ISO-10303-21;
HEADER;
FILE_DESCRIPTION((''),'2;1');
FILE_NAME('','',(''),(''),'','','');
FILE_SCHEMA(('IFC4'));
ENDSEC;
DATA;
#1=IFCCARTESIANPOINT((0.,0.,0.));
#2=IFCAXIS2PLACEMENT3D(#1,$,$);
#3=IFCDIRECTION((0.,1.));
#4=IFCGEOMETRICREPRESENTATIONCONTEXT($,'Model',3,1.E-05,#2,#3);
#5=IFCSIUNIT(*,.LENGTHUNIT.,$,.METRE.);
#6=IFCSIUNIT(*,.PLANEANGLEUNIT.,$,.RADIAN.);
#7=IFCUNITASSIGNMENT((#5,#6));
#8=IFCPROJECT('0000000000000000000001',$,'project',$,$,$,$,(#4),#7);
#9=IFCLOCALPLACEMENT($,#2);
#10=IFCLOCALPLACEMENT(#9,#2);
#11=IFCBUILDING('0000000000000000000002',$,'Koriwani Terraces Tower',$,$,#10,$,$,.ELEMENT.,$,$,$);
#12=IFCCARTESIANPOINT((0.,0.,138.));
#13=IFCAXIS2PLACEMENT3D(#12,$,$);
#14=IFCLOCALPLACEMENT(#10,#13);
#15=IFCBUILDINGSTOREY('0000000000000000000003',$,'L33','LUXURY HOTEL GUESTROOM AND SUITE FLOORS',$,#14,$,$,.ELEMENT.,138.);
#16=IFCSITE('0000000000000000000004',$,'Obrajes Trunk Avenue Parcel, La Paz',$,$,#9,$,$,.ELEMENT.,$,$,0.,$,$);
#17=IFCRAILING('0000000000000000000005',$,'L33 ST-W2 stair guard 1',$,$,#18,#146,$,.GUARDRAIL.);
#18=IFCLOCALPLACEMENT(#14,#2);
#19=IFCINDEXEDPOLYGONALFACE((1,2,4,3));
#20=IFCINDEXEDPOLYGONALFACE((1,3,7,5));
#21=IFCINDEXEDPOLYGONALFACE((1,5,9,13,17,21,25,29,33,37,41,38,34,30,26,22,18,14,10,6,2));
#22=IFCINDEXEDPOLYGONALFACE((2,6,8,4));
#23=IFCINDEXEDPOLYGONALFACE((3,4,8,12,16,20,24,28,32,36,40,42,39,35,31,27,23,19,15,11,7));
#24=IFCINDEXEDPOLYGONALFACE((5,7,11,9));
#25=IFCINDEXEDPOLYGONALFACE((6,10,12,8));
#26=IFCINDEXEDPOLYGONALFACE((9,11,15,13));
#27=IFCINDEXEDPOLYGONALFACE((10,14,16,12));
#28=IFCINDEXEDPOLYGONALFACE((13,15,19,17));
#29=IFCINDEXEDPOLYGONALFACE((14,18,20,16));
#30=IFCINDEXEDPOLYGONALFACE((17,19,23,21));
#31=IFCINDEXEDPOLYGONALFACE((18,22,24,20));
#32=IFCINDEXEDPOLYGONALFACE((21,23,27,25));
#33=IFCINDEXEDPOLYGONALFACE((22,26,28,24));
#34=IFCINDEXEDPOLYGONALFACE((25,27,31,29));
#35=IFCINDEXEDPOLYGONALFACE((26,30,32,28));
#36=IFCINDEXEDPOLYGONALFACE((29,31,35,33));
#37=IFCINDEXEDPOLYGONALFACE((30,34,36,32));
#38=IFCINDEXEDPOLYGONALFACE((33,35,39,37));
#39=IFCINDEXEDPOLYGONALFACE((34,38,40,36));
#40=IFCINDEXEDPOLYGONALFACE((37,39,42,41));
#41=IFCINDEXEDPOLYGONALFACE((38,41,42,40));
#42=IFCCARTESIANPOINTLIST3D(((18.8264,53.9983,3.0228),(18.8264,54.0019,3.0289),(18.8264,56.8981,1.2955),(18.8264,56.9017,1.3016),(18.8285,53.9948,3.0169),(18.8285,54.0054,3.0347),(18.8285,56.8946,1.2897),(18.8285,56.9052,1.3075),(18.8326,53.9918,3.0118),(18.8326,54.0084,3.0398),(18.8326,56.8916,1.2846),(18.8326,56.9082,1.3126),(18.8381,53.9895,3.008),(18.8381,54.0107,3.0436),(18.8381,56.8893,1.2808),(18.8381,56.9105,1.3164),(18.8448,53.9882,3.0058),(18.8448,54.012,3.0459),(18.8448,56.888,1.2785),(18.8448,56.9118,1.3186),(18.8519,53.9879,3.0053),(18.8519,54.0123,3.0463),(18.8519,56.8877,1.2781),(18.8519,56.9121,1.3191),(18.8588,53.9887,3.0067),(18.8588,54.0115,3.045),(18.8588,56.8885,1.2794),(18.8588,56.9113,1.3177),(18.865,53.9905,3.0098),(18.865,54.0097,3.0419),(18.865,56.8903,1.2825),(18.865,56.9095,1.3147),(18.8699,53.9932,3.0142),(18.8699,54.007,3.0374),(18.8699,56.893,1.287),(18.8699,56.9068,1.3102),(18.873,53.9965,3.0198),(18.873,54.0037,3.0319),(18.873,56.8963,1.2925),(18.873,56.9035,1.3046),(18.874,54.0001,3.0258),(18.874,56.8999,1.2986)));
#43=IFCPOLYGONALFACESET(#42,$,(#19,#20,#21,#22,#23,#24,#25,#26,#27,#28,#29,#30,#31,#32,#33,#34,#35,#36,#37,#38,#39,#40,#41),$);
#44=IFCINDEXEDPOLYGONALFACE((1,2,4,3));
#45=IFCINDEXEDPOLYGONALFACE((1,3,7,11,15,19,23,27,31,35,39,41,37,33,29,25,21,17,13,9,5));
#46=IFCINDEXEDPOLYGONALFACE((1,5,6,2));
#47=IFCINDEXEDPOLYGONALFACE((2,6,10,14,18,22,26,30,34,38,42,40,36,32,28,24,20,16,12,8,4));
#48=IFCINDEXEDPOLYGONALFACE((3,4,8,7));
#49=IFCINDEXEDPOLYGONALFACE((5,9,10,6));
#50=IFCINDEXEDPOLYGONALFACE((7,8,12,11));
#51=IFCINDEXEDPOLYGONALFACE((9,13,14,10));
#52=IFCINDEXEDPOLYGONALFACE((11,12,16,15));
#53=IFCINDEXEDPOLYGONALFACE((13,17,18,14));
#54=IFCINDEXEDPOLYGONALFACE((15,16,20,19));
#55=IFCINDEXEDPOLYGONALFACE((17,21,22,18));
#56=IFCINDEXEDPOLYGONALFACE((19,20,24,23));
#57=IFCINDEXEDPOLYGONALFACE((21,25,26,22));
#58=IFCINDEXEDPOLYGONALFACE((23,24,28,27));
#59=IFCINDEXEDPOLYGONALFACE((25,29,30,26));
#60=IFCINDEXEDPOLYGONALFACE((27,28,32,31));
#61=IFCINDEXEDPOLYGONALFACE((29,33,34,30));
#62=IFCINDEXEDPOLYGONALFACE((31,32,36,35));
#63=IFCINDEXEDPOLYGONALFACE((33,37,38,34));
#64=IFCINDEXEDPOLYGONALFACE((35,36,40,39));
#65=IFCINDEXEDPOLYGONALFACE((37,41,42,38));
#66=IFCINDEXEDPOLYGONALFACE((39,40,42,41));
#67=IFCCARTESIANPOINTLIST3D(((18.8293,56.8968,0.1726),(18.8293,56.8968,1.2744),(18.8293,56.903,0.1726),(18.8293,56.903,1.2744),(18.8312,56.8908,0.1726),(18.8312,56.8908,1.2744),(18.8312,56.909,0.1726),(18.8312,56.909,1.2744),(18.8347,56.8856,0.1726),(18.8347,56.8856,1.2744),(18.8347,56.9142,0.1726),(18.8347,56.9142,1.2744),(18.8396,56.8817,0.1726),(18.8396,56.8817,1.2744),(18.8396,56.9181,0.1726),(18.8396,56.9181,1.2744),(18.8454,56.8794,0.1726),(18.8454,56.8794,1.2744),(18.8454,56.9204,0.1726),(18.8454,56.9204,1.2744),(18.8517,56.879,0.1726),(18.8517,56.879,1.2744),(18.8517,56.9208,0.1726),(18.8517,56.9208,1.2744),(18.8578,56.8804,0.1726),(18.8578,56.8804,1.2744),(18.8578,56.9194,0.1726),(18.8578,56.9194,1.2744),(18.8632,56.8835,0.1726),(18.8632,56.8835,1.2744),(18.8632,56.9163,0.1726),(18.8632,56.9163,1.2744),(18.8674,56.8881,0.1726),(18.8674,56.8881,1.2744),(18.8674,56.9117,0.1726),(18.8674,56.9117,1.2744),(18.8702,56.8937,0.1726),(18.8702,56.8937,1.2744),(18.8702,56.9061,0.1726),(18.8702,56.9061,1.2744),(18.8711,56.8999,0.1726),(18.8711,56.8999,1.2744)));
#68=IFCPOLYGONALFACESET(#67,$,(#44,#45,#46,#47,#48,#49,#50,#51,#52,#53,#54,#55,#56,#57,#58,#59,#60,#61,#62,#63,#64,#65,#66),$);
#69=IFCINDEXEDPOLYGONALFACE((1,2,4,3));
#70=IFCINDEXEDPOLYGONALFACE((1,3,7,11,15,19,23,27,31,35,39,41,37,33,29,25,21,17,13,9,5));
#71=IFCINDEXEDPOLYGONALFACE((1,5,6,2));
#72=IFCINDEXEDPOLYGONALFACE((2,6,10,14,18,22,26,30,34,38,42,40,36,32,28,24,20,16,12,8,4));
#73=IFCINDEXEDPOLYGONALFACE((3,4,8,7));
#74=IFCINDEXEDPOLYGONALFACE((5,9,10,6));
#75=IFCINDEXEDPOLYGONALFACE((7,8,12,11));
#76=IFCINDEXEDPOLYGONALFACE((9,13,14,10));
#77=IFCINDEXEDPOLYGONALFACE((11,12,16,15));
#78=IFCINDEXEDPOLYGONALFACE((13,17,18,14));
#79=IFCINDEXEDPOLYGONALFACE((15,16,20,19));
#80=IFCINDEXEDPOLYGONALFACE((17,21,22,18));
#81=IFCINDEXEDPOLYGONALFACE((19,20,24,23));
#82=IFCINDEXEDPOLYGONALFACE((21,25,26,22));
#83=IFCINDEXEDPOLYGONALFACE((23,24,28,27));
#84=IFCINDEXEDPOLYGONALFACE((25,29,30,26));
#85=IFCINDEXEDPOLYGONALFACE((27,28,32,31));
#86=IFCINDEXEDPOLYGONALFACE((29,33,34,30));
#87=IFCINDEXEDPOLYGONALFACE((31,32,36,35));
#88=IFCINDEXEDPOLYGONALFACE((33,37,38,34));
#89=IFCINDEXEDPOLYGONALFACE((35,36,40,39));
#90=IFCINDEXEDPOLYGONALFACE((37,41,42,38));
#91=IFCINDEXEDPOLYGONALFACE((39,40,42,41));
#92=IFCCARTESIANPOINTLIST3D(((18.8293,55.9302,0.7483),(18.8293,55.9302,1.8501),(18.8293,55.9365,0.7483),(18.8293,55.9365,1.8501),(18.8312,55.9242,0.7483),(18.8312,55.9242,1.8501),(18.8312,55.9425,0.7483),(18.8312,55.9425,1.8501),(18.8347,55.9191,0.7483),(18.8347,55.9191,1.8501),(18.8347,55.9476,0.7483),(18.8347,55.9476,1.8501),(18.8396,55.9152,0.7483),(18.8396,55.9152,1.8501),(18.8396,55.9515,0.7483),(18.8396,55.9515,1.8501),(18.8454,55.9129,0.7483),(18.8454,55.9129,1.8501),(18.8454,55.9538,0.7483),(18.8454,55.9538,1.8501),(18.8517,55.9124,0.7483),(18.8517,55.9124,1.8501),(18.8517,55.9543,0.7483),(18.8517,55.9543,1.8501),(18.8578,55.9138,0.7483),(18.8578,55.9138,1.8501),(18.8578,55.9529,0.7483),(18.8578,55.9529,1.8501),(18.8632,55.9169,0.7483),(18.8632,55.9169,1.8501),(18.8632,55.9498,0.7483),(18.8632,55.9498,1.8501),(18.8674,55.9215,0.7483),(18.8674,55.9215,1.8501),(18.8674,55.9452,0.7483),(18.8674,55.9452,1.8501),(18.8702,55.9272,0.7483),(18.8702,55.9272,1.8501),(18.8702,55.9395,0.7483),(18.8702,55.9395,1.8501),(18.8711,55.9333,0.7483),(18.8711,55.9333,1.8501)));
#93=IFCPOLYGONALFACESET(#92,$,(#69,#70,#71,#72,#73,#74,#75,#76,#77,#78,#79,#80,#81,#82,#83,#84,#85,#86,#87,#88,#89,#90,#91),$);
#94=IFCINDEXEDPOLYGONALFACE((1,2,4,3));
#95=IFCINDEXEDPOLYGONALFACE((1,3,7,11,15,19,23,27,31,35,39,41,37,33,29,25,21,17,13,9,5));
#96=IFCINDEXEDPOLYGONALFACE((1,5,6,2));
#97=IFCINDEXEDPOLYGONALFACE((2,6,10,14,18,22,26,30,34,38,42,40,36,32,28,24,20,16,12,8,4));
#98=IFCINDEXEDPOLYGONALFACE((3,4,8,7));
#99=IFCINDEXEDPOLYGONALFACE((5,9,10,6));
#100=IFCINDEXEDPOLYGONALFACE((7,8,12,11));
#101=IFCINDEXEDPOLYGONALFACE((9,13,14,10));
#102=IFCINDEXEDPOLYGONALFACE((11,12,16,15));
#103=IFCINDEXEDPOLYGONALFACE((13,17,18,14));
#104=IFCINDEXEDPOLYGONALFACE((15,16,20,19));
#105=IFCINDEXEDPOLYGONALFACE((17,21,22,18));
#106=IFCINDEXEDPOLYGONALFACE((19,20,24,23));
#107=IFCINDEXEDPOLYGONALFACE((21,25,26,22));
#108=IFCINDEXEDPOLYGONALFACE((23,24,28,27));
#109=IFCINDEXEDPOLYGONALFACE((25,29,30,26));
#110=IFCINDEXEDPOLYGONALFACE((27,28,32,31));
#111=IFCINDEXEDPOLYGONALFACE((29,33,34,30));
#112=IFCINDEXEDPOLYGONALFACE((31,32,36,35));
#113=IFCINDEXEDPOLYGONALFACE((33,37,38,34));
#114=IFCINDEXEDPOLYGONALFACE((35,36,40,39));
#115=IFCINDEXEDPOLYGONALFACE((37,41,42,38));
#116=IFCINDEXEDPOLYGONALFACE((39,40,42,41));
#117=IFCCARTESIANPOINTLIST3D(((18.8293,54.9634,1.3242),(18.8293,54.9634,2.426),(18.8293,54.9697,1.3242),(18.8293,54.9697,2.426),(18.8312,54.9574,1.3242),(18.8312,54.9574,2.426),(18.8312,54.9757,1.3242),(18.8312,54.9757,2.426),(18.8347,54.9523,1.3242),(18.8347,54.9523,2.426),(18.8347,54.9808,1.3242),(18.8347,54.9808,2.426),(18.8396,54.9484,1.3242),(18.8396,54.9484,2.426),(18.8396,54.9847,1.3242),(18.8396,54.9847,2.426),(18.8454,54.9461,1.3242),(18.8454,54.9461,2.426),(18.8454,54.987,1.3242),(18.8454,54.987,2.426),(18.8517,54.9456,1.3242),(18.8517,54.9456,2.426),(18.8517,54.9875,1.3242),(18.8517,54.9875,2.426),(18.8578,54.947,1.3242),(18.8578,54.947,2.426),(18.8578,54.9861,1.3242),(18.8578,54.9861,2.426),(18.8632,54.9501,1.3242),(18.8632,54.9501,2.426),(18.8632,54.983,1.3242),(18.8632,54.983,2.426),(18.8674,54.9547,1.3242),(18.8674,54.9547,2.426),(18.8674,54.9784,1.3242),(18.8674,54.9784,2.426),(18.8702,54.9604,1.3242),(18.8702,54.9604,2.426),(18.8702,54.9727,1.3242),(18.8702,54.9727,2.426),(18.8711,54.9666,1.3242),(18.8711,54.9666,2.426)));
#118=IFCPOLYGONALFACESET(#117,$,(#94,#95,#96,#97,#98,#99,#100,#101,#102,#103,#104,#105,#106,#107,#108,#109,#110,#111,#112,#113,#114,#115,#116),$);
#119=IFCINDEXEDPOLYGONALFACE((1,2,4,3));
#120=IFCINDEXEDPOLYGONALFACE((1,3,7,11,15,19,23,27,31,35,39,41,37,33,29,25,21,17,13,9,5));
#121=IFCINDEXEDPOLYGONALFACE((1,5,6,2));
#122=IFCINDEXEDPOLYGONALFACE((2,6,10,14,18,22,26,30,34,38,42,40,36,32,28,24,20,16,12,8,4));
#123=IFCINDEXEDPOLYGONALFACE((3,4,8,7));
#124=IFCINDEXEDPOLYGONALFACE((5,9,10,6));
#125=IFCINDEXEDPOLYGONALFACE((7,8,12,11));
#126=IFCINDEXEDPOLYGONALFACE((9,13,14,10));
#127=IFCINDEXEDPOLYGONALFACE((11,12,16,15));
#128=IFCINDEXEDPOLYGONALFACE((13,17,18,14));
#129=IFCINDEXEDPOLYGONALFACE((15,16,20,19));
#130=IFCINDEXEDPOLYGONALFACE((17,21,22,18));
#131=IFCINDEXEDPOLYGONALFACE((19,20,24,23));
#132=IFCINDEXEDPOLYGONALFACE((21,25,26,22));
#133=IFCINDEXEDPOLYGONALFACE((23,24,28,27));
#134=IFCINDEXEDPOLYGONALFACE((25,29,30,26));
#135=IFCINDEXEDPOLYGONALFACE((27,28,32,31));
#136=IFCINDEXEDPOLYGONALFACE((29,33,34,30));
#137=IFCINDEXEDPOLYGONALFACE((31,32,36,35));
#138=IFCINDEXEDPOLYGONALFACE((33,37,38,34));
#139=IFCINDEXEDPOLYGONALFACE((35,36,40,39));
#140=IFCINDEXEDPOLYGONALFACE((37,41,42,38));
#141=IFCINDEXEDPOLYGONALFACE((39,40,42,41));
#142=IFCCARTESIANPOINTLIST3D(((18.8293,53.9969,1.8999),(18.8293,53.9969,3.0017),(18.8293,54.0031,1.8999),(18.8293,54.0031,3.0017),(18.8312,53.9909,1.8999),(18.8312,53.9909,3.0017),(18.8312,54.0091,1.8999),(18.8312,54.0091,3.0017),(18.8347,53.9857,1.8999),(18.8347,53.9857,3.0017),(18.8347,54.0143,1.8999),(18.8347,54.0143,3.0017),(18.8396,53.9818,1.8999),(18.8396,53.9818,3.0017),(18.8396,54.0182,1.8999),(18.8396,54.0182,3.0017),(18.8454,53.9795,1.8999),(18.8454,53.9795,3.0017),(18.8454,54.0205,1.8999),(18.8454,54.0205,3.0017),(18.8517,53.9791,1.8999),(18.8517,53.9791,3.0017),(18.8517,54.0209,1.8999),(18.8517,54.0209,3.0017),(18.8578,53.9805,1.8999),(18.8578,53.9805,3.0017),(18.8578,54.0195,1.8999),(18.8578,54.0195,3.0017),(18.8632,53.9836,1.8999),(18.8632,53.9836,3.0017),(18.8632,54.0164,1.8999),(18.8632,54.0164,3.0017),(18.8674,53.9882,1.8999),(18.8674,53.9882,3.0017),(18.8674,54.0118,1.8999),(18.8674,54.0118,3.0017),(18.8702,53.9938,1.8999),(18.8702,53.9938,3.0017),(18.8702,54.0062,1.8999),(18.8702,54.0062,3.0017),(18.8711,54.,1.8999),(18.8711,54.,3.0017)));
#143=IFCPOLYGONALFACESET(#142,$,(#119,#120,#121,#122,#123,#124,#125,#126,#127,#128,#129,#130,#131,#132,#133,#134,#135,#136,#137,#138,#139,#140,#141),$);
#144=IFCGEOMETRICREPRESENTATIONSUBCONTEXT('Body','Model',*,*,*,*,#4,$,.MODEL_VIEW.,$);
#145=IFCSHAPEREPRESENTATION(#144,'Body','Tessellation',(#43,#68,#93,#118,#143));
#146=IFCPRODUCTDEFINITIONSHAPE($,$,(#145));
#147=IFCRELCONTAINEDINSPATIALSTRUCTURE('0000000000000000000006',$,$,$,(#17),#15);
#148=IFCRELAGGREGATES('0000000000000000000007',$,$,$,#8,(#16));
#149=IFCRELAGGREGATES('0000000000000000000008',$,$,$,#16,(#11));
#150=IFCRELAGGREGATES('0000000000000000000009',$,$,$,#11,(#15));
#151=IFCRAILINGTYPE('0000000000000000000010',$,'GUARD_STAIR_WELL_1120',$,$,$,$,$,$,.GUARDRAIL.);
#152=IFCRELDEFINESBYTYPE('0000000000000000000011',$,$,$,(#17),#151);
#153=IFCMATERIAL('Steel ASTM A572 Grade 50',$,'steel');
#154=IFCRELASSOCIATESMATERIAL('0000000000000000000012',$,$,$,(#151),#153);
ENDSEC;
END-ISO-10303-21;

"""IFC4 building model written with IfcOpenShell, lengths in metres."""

from ifc_helpers import new_model, si_unit, direction, frame, origin, origin_2d, place, context, subcontext, project, spatial, circle, extrude, material, type_object, element, save


model = new_model("IFC4")

# Units and contexts
model_context = context("Model", 3, precision=1e-05, world=origin(), true_north=direction((0.0, 1.0)))
body_context = subcontext(model_context, "Body", "Model", "MODEL_VIEW")
ifc_project = project(units=[si_unit("LENGTHUNIT", "METRE"), si_unit("PLANEANGLEUNIT", "RADIAN")], contexts=[model_context])

# Site, building, storey
site_placement = place(None, origin())
site = spatial("IfcSite", under=ifc_project, at=site_placement, Name="Obrajes Trunk Avenue Parcel, La Paz", CompositionType="ELEMENT", RefElevation=0.0)
building_placement = place(site_placement, origin())
building = spatial("IfcBuilding", under=site, at=building_placement, Name="Koriwani Terraces Tower", CompositionType="ELEMENT")
storey_placement = place(building_placement, frame((0.0, 0.0, 138.0)))
storey = spatial("IfcBuildingStorey", under=building, at=storey_placement, Name="L33", Description="LUXURY HOTEL GUESTROOM AND SUITE FLOORS", CompositionType="ELEMENT", Elevation=138.0)

# Shared definitions
ifc_material_1 = material(Name="Steel ASTM A572 Grade 50", Category="steel")

# Railing
railing_type_1 = type_object("IfcRailingType", Name="GUARD_STAIR_WELL_1120", PredefinedType="GUARDRAIL", material=ifc_material_1)
railing_1_placement = place(storey_placement, frame((18.8501, 56.8999, 0.1726)))
element("IfcRailing", 1, at=railing_1_placement, inside=storey, type_object=railing_type_1, Name="L33 ST-W2 stair guard 1", PredefinedType="GUARDRAIL", context=body_context, shape_type="SweptSolid", body=[
    extrude(circle(Radius=0.0239, at=origin_2d()), frame((0.0, 0.0, 1.126), z_axis=(0.0, -0.859141, 0.511738), x_axis=(1.0, 0.0, 0.0)), (0.0, 0.0, 1.0), 3.3752),
    extrude(circle(Radius=0.021, at=origin_2d()), origin(), (0.0, 0.0, 1.0), 1.1018),
    extrude(circle(Radius=0.021, at=origin_2d()), frame((0.0, -0.9666, 0.5757)), (0.0, 0.0, 1.0), 1.1018),
    extrude(circle(Radius=0.021, at=origin_2d()), frame((0.0, -1.9333, 1.1516)), (0.0, 0.0, 1.0), 1.1018),
    extrude(circle(Radius=0.021, at=origin_2d()), frame((0.0, -2.8999, 1.7273)), (0.0, 0.0, 1.0), 1.1018),
])

save(model, "model.ifc")
